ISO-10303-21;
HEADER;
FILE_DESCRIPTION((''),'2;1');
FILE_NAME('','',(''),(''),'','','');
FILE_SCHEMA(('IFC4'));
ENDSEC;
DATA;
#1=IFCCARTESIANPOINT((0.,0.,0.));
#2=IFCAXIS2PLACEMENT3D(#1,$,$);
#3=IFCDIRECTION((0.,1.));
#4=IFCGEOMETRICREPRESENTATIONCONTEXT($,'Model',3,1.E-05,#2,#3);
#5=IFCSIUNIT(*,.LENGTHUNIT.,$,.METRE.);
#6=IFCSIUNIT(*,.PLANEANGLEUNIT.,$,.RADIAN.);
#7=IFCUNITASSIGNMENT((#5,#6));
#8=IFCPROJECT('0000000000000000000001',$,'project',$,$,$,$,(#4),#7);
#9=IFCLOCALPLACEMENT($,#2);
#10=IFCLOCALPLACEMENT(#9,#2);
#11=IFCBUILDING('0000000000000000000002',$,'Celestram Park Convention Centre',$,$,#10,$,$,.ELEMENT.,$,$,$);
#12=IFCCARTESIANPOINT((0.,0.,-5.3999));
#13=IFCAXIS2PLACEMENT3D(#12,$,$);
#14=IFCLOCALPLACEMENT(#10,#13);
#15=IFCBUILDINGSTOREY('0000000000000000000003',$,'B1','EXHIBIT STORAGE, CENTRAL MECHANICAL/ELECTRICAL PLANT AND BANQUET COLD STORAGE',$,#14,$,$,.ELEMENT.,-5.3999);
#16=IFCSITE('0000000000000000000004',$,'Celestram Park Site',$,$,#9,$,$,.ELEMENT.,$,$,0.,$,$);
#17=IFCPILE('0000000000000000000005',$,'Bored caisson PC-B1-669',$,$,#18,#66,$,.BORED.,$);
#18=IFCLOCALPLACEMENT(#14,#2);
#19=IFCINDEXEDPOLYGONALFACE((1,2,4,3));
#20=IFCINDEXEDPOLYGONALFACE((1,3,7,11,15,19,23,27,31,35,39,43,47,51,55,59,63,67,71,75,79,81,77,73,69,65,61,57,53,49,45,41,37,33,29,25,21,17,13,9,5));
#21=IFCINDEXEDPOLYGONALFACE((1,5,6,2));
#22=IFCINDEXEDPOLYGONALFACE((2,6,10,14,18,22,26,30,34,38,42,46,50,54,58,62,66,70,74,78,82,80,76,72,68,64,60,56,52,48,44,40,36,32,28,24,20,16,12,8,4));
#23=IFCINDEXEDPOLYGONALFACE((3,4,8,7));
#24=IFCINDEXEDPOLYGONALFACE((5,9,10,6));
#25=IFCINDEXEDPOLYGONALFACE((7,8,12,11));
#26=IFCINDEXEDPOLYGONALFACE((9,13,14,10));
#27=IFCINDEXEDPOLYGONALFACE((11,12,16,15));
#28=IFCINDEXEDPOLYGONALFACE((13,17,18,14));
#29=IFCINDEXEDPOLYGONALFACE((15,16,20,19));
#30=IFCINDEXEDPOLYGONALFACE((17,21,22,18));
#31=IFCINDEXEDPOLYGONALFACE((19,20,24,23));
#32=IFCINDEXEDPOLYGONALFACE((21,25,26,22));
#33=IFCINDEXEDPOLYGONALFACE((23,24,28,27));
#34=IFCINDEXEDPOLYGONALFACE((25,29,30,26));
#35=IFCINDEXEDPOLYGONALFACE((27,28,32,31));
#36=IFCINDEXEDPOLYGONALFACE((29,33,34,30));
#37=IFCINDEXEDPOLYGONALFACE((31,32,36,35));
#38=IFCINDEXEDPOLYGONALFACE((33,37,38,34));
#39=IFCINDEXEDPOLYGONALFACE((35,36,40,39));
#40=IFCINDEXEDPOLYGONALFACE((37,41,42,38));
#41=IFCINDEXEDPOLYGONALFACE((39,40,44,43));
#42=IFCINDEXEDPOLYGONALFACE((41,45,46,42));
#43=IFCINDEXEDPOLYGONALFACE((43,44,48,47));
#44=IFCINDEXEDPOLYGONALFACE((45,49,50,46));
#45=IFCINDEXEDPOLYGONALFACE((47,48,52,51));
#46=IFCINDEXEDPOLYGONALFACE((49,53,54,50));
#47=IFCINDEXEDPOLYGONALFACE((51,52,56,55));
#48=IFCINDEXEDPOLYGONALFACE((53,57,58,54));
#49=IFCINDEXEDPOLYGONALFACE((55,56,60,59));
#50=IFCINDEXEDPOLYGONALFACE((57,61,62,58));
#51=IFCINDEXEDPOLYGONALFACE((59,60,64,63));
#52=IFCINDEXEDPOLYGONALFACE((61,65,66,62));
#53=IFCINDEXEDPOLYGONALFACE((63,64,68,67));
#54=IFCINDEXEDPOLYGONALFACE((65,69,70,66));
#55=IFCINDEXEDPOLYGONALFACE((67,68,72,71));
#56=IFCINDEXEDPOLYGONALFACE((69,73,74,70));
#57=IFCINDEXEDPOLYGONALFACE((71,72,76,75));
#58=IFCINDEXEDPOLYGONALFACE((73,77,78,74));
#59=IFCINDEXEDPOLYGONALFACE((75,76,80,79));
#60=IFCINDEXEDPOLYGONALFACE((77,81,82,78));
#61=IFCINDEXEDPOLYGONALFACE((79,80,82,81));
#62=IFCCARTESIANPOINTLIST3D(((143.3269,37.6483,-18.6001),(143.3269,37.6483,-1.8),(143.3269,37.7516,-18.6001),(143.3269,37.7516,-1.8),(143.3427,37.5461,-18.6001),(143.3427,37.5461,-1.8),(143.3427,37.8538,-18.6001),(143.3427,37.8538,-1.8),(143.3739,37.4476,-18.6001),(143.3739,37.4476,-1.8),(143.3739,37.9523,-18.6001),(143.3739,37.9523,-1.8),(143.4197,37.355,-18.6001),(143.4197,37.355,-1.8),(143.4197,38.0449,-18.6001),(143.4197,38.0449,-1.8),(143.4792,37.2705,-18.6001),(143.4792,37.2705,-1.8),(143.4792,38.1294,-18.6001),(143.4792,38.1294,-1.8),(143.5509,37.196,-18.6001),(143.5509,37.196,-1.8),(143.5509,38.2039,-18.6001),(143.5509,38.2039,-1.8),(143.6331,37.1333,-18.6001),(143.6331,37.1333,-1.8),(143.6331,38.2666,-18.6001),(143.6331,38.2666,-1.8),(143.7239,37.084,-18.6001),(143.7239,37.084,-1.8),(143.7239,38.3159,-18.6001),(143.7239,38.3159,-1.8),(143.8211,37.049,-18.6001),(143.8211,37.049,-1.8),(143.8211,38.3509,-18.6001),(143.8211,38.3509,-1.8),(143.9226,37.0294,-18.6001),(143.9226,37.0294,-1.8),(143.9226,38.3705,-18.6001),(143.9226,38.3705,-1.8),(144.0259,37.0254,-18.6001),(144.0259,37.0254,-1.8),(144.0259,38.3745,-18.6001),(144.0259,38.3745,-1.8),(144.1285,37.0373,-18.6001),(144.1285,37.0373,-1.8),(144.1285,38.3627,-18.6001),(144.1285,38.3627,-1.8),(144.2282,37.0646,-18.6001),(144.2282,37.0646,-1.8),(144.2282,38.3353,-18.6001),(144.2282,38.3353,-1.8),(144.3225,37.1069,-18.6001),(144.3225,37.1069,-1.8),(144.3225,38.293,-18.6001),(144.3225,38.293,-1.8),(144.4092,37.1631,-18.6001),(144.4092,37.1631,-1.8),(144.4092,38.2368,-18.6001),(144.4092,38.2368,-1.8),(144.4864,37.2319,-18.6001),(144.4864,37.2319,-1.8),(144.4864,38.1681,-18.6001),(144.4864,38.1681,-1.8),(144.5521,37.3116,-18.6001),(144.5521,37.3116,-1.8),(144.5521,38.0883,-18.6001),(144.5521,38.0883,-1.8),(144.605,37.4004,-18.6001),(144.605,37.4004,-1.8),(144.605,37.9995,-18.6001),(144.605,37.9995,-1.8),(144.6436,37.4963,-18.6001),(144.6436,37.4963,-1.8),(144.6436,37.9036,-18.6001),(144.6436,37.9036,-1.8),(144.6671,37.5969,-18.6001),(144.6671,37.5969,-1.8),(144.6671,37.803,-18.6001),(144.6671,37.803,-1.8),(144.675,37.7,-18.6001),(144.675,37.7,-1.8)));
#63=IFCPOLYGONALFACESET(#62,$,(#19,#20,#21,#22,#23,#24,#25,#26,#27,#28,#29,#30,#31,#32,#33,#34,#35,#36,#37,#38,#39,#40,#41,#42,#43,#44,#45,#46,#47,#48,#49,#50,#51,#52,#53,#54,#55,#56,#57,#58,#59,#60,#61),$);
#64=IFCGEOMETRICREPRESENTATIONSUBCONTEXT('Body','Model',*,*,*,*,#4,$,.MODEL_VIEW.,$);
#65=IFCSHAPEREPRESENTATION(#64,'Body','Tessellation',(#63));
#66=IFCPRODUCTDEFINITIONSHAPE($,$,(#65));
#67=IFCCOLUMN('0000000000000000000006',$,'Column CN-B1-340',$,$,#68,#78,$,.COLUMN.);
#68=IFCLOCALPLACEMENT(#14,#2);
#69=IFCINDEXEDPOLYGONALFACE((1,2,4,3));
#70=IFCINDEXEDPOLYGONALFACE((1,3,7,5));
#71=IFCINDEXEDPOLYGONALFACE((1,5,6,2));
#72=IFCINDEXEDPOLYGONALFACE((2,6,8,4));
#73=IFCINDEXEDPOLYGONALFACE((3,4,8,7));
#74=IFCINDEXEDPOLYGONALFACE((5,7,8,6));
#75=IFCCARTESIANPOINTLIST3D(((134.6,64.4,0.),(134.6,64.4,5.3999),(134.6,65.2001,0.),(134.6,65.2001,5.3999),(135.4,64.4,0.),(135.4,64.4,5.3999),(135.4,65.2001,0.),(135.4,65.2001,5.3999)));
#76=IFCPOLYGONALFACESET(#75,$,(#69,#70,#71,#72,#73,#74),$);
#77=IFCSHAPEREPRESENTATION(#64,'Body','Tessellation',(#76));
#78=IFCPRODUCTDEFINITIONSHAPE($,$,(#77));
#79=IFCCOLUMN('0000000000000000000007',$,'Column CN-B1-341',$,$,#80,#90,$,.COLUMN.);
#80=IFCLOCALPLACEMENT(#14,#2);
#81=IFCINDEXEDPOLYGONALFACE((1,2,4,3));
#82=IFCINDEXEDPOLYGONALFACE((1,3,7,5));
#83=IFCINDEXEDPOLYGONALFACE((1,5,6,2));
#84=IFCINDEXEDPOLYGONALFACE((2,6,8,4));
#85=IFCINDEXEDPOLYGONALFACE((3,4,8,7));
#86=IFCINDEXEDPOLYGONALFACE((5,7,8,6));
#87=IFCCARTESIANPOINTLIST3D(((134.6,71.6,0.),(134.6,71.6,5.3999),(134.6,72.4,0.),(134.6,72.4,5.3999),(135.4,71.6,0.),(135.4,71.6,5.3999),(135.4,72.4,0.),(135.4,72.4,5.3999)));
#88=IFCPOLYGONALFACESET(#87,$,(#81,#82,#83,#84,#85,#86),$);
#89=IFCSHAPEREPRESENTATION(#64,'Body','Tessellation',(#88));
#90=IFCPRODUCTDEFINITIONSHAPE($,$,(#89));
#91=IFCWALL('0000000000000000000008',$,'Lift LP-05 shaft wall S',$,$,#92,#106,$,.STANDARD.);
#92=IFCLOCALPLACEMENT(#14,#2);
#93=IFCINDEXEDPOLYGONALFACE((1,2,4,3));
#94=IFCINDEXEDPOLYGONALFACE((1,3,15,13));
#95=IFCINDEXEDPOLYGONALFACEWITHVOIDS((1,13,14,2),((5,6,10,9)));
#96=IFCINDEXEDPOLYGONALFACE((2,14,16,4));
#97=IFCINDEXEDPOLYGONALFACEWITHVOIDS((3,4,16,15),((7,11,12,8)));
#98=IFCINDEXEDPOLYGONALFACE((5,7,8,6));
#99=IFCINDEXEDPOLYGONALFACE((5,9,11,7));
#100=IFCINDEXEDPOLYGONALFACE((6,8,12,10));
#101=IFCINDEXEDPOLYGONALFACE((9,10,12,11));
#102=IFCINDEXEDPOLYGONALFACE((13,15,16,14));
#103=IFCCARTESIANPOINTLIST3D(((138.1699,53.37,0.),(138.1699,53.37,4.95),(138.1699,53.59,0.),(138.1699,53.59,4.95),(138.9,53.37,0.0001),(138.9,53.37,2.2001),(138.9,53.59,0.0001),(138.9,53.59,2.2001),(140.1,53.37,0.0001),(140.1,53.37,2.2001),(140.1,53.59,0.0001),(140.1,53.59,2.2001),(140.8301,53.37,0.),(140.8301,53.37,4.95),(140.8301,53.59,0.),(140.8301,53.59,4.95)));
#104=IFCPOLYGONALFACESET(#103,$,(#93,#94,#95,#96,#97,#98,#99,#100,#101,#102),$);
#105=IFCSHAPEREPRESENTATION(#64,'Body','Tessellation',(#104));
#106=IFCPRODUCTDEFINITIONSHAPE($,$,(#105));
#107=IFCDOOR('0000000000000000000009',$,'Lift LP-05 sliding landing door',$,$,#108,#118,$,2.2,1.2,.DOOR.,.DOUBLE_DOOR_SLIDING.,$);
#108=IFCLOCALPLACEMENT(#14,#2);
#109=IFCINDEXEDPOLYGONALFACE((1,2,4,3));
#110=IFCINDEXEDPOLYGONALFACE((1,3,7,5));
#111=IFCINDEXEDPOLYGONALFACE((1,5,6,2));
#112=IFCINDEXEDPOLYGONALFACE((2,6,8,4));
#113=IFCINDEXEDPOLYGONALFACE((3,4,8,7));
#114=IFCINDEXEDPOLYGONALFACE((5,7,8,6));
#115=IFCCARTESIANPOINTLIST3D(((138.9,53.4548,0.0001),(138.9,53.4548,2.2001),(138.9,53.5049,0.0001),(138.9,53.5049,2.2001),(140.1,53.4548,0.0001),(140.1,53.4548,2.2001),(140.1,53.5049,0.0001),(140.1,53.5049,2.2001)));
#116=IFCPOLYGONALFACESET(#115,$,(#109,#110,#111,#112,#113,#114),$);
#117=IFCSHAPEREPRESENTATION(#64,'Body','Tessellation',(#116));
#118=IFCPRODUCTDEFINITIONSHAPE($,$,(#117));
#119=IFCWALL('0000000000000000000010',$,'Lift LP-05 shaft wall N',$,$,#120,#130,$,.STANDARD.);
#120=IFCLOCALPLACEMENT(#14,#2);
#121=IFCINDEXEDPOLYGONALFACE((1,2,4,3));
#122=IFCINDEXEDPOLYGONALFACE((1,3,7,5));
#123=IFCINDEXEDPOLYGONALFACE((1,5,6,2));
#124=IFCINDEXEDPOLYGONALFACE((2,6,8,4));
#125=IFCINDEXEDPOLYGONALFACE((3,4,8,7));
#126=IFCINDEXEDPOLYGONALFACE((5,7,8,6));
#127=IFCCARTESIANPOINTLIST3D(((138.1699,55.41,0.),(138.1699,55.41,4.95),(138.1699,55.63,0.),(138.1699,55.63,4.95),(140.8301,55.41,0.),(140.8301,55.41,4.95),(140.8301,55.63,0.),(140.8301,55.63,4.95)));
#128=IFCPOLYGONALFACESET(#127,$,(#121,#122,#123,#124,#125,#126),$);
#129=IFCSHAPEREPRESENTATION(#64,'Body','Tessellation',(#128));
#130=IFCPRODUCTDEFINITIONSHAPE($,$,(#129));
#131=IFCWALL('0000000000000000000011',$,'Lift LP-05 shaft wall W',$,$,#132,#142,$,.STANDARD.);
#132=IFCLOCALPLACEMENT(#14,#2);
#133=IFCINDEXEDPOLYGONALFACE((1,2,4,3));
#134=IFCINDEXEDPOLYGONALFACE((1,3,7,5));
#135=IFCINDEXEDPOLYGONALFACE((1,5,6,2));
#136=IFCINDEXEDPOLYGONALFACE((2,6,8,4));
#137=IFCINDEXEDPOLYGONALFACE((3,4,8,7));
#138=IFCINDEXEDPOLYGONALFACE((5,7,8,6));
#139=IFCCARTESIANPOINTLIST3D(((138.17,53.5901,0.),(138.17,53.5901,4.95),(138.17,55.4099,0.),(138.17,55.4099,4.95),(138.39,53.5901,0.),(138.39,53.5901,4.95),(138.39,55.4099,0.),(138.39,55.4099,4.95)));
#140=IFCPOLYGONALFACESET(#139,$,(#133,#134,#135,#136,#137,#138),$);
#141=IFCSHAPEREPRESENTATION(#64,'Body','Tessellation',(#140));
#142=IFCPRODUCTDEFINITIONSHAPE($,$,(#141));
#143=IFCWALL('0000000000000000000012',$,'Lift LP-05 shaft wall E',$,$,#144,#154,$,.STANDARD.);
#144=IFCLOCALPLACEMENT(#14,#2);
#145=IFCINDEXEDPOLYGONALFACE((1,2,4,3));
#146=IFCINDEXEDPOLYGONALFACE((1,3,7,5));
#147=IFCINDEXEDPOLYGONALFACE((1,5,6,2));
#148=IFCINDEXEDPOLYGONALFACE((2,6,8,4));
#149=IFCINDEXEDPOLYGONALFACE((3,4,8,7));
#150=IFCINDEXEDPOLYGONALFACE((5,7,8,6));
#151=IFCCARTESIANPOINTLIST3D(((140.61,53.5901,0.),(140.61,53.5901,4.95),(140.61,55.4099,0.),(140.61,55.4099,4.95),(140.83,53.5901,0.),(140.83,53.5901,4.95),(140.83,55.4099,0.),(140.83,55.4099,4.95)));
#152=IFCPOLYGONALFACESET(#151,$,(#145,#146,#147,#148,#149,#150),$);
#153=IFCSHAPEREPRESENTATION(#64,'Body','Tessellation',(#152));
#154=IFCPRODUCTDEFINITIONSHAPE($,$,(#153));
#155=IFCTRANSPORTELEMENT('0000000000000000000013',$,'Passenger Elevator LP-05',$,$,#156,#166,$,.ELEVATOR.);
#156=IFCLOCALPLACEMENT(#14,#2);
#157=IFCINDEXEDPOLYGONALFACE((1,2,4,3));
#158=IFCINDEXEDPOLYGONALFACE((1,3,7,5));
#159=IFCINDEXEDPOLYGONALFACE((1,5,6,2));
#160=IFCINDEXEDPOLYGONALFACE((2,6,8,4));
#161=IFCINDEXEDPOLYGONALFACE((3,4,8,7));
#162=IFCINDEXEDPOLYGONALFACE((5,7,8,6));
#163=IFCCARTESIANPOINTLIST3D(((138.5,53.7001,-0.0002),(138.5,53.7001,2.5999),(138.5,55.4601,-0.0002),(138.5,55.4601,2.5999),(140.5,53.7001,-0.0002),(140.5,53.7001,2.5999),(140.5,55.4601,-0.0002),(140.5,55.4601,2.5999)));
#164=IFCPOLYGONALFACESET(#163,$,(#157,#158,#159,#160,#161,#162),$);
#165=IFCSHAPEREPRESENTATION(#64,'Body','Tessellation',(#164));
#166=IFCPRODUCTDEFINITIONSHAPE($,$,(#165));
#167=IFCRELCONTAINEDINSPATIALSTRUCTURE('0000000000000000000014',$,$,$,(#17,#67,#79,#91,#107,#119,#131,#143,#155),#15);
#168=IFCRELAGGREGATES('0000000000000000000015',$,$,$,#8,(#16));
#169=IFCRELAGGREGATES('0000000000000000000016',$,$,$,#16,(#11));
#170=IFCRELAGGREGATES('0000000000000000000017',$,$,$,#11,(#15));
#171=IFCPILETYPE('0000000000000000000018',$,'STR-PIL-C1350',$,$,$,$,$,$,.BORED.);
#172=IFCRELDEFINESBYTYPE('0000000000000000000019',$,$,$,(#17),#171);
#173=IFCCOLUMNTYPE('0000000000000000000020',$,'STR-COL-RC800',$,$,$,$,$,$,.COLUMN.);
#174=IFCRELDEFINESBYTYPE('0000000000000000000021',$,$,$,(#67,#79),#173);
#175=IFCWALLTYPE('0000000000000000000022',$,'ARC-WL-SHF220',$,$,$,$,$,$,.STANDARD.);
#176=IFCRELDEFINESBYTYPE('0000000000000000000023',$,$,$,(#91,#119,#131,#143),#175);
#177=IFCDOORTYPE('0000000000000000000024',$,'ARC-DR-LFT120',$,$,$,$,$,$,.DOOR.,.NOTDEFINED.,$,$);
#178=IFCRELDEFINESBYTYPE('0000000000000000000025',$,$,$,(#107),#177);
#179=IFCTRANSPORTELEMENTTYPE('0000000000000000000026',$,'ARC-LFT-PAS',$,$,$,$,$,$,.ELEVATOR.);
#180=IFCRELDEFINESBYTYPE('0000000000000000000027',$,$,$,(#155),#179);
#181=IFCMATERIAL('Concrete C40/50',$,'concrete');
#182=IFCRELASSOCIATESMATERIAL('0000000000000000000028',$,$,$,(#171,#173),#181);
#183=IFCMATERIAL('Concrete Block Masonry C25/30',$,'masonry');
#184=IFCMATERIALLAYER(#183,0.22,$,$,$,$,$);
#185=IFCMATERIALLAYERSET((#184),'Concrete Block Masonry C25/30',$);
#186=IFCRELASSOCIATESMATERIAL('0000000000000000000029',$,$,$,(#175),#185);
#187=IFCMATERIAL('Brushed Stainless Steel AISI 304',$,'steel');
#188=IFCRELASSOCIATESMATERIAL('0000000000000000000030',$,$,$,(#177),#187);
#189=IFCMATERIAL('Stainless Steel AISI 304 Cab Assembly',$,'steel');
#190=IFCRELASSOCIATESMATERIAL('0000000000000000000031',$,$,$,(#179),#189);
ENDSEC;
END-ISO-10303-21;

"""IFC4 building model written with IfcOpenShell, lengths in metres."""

from ifc_helpers import new_model, si_unit, direction, frame, frame_2d, origin, origin_2d, place, context, subcontext, project, spatial, rectangle, circle, extrude, material, layer, layer_set, material_profile, profile_set, type_object, element, fill, save


model = new_model("IFC4")

# Units and contexts
model_context = context("Model", 3, precision=1e-05, world=origin(), true_north=direction((0.0, 1.0)))
body_context = subcontext(model_context, "Body", "Model", "MODEL_VIEW")
ifc_project = project(units=[si_unit("LENGTHUNIT", "METRE"), si_unit("PLANEANGLEUNIT", "RADIAN")], contexts=[model_context])

# Site, building, storey
site_placement = place(None, origin())
site = spatial("IfcSite", under=ifc_project, at=site_placement, Name="Celestram Park Site", CompositionType="ELEMENT", RefElevation=0.0)
building_placement = place(site_placement, origin())
building = spatial("IfcBuilding", under=site, at=building_placement, Name="Celestram Park Convention Centre", CompositionType="ELEMENT")
storey_placement = place(building_placement, frame((0.0, 0.0, -5.3999)))
storey = spatial("IfcBuildingStorey", under=building, at=storey_placement, Name="B1", Description="EXHIBIT STORAGE, CENTRAL MECHANICAL/ELECTRICAL PLANT AND BANQUET COLD STORAGE", CompositionType="ELEMENT", Elevation=-5.3999)

# Shared definitions
ifc_material_1 = material(Name="Concrete C40/50", Category="concrete")

# Pile
ifc_material_profile_1 = material_profile(ifc_material_1, circle(Radius=0.675, at=origin_2d()), Name="CAISSON1350")
ifc_profile_set_1 = profile_set([ifc_material_profile_1], Name="Concrete C40/50")
pile_type_1 = type_object("IfcPileType", Name="STR-PIL-C1350", PredefinedType="BORED", material=ifc_profile_set_1)
for number, where, z_axis, x_axis, name in (
    (1, (144.0, 37.7, -1.8), (0.0, 0.0, -1.0), (1.0, 0.0, 0.0), "Bored caisson PC-B1-669"),
):
    element("IfcPile", number, at=place(storey_placement, frame(where, z_axis=z_axis, x_axis=x_axis)), inside=storey, type_object=pile_type_1, Name=name, PredefinedType="BORED", context=body_context, shape_type="SweptSolid", body=[
        extrude(circle(Radius=0.675, at=origin_2d()), origin(), (0.0, 0.0, 1.0), 16.8),
    ])

# Columns
ifc_material_profile_2 = material_profile(ifc_material_1, rectangle(XDim=0.8, YDim=0.8, at=origin_2d()), Name="RC800X800")
ifc_profile_set_2 = profile_set([ifc_material_profile_2], Name="Concrete C40/50")
column_type = type_object("IfcColumnType", Name="STR-COL-RC800", PredefinedType="COLUMN", material=ifc_profile_set_2)
for number, where, z_axis, x_axis, name in (
    (2, (135.0, 64.8, 0.0), (0.0, 0.0, 1.0), (1.0, 0.0, 0.0), "Column CN-B1-340"),
    (3, (135.0, 72.0, 0.0), (0.0, 0.0, 1.0), (1.0, 0.0, 0.0), "Column CN-B1-341"),
):
    element("IfcColumn", number, at=place(storey_placement, frame(where, z_axis=z_axis, x_axis=x_axis)), inside=storey, type_object=column_type, Name=name, PredefinedType="COLUMN", context=body_context, shape_type="SweptSolid", body=[
        extrude(rectangle(XDim=0.8, YDim=0.8, at=origin_2d()), origin(), (0.0, 0.0, 1.0), 5.3999),
    ])

# Wall, opening, door
ifc_material_2 = material(Name="Concrete Block Masonry C25/30", Category="masonry")
ifc_layer = layer(ifc_material_2, 0.22)
ifc_layer_set = layer_set([ifc_layer], Name="Concrete Block Masonry C25/30")
wall_type = type_object("IfcWallType", Name="ARC-WL-SHF220", PredefinedType="STANDARD", material=ifc_layer_set)
wall_1_placement = place(storey_placement, frame((138.1699, 53.48, 0.0), z_axis=(0.0, 0.0, 1.0), x_axis=(1.0, 0.0, 0.0)))
wall_1 = element("IfcWall", 4, at=wall_1_placement, inside=storey, type_object=wall_type, Name="Lift LP-05 shaft wall S", PredefinedType="STANDARD", context=body_context, shape_type="SweptSolid", body=[
    extrude(rectangle(XDim=2.6602, YDim=0.22, at=frame_2d((1.3301, 0.0))), origin(), (0.0, 0.0, 1.0), 4.95),
])
opening_placement = place(wall_1_placement, frame((0.73, 0.0, 0.0)))
opening = element("IfcOpeningElement", 5, at=opening_placement, cuts=wall_1, PredefinedType="OPENING", context=body_context, shape_type="SweptSolid", body=[
    extrude(rectangle(XDim=1.2, YDim=2.2, at=frame_2d((0.6001, 1.1001))), frame((0.0, 0.1199, 0.0), z_axis=(0.0, -1.0, 0.0), x_axis=(1.0, 0.0, 0.0)), (0.0, 0.0, 1.0), 0.24),
])
ifc_material_3 = material(Name="Brushed Stainless Steel AISI 304", Category="steel")
door_type = type_object("IfcDoorType", Name="ARC-DR-LFT120", OperationType="NOTDEFINED", PredefinedType="DOOR", material=ifc_material_3)
door_placement = place(opening_placement, origin())
door = element("IfcDoor", 6, at=door_placement, inside=storey, type_object=door_type, Name="Lift LP-05 sliding landing door", OperationType="DOUBLE_DOOR_SLIDING", OverallHeight=2.2, OverallWidth=1.2, PredefinedType="DOOR", context=body_context, shape_type="SweptSolid", body=[
    extrude(rectangle(XDim=1.2, YDim=2.2, at=frame_2d((0.6001, 1.1001))), frame((0.0, 0.0249, 0.0), z_axis=(0.0, -1.0, 0.0), x_axis=(1.0, 0.0, 0.0)), (0.0, 0.0, 1.0), 0.05),
])
fill(opening, door)

# Walls
wall_2_placement = place(storey_placement, frame((140.8301, 55.52, 0.0), z_axis=(0.0, 0.0, 1.0), x_axis=(-1.0, 0.0, 0.0)))
element("IfcWall", 7, at=wall_2_placement, inside=storey, type_object=wall_type, Name="Lift LP-05 shaft wall N", PredefinedType="STANDARD", context=body_context, shape_type="SweptSolid", body=[
    extrude(rectangle(XDim=2.6602, YDim=0.22, at=frame_2d((1.3301, 0.0))), origin(), (0.0, 0.0, 1.0), 4.95),
])
for number, where, z_axis, x_axis, name in (
    (8, (138.28, 55.4099, 0.0), (0.0, 0.0, 1.0), (0.0, -1.0, 0.0), "Lift LP-05 shaft wall W"),
    (9, (140.72, 53.5901, 0.0), (0.0, 0.0, 1.0), (0.0, 1.0, 0.0), "Lift LP-05 shaft wall E"),
):
    element("IfcWall", number, at=place(storey_placement, frame(where, z_axis=z_axis, x_axis=x_axis)), inside=storey, type_object=wall_type, Name=name, PredefinedType="STANDARD", context=body_context, shape_type="SweptSolid", body=[
        extrude(rectangle(XDim=1.8198, YDim=0.22, at=frame_2d((0.9099, 0.0))), origin(), (0.0, 0.0, 1.0), 4.95),
    ])

# Transport element
ifc_material_4 = material(Name="Stainless Steel AISI 304 Cab Assembly", Category="steel")
transport_element_type = type_object("IfcTransportElementType", Name="ARC-LFT-PAS", PredefinedType="ELEVATOR", material=ifc_material_4)
transport_element_placement = place(storey_placement, frame((139.5, 54.5801, -0.0002), z_axis=(0.0, 0.0, 1.0), x_axis=(1.0, 0.0, 0.0)))
element("IfcTransportElement", 10, at=transport_element_placement, inside=storey, type_object=transport_element_type, Name="Passenger Elevator LP-05", PredefinedType="ELEVATOR", context=body_context, shape_type="SweptSolid", body=[
    extrude(rectangle(XDim=2.0, YDim=1.76, at=origin_2d()), origin(), (0.0, 0.0, 1.0), 2.6001),
])

save(model, "model.ifc")
